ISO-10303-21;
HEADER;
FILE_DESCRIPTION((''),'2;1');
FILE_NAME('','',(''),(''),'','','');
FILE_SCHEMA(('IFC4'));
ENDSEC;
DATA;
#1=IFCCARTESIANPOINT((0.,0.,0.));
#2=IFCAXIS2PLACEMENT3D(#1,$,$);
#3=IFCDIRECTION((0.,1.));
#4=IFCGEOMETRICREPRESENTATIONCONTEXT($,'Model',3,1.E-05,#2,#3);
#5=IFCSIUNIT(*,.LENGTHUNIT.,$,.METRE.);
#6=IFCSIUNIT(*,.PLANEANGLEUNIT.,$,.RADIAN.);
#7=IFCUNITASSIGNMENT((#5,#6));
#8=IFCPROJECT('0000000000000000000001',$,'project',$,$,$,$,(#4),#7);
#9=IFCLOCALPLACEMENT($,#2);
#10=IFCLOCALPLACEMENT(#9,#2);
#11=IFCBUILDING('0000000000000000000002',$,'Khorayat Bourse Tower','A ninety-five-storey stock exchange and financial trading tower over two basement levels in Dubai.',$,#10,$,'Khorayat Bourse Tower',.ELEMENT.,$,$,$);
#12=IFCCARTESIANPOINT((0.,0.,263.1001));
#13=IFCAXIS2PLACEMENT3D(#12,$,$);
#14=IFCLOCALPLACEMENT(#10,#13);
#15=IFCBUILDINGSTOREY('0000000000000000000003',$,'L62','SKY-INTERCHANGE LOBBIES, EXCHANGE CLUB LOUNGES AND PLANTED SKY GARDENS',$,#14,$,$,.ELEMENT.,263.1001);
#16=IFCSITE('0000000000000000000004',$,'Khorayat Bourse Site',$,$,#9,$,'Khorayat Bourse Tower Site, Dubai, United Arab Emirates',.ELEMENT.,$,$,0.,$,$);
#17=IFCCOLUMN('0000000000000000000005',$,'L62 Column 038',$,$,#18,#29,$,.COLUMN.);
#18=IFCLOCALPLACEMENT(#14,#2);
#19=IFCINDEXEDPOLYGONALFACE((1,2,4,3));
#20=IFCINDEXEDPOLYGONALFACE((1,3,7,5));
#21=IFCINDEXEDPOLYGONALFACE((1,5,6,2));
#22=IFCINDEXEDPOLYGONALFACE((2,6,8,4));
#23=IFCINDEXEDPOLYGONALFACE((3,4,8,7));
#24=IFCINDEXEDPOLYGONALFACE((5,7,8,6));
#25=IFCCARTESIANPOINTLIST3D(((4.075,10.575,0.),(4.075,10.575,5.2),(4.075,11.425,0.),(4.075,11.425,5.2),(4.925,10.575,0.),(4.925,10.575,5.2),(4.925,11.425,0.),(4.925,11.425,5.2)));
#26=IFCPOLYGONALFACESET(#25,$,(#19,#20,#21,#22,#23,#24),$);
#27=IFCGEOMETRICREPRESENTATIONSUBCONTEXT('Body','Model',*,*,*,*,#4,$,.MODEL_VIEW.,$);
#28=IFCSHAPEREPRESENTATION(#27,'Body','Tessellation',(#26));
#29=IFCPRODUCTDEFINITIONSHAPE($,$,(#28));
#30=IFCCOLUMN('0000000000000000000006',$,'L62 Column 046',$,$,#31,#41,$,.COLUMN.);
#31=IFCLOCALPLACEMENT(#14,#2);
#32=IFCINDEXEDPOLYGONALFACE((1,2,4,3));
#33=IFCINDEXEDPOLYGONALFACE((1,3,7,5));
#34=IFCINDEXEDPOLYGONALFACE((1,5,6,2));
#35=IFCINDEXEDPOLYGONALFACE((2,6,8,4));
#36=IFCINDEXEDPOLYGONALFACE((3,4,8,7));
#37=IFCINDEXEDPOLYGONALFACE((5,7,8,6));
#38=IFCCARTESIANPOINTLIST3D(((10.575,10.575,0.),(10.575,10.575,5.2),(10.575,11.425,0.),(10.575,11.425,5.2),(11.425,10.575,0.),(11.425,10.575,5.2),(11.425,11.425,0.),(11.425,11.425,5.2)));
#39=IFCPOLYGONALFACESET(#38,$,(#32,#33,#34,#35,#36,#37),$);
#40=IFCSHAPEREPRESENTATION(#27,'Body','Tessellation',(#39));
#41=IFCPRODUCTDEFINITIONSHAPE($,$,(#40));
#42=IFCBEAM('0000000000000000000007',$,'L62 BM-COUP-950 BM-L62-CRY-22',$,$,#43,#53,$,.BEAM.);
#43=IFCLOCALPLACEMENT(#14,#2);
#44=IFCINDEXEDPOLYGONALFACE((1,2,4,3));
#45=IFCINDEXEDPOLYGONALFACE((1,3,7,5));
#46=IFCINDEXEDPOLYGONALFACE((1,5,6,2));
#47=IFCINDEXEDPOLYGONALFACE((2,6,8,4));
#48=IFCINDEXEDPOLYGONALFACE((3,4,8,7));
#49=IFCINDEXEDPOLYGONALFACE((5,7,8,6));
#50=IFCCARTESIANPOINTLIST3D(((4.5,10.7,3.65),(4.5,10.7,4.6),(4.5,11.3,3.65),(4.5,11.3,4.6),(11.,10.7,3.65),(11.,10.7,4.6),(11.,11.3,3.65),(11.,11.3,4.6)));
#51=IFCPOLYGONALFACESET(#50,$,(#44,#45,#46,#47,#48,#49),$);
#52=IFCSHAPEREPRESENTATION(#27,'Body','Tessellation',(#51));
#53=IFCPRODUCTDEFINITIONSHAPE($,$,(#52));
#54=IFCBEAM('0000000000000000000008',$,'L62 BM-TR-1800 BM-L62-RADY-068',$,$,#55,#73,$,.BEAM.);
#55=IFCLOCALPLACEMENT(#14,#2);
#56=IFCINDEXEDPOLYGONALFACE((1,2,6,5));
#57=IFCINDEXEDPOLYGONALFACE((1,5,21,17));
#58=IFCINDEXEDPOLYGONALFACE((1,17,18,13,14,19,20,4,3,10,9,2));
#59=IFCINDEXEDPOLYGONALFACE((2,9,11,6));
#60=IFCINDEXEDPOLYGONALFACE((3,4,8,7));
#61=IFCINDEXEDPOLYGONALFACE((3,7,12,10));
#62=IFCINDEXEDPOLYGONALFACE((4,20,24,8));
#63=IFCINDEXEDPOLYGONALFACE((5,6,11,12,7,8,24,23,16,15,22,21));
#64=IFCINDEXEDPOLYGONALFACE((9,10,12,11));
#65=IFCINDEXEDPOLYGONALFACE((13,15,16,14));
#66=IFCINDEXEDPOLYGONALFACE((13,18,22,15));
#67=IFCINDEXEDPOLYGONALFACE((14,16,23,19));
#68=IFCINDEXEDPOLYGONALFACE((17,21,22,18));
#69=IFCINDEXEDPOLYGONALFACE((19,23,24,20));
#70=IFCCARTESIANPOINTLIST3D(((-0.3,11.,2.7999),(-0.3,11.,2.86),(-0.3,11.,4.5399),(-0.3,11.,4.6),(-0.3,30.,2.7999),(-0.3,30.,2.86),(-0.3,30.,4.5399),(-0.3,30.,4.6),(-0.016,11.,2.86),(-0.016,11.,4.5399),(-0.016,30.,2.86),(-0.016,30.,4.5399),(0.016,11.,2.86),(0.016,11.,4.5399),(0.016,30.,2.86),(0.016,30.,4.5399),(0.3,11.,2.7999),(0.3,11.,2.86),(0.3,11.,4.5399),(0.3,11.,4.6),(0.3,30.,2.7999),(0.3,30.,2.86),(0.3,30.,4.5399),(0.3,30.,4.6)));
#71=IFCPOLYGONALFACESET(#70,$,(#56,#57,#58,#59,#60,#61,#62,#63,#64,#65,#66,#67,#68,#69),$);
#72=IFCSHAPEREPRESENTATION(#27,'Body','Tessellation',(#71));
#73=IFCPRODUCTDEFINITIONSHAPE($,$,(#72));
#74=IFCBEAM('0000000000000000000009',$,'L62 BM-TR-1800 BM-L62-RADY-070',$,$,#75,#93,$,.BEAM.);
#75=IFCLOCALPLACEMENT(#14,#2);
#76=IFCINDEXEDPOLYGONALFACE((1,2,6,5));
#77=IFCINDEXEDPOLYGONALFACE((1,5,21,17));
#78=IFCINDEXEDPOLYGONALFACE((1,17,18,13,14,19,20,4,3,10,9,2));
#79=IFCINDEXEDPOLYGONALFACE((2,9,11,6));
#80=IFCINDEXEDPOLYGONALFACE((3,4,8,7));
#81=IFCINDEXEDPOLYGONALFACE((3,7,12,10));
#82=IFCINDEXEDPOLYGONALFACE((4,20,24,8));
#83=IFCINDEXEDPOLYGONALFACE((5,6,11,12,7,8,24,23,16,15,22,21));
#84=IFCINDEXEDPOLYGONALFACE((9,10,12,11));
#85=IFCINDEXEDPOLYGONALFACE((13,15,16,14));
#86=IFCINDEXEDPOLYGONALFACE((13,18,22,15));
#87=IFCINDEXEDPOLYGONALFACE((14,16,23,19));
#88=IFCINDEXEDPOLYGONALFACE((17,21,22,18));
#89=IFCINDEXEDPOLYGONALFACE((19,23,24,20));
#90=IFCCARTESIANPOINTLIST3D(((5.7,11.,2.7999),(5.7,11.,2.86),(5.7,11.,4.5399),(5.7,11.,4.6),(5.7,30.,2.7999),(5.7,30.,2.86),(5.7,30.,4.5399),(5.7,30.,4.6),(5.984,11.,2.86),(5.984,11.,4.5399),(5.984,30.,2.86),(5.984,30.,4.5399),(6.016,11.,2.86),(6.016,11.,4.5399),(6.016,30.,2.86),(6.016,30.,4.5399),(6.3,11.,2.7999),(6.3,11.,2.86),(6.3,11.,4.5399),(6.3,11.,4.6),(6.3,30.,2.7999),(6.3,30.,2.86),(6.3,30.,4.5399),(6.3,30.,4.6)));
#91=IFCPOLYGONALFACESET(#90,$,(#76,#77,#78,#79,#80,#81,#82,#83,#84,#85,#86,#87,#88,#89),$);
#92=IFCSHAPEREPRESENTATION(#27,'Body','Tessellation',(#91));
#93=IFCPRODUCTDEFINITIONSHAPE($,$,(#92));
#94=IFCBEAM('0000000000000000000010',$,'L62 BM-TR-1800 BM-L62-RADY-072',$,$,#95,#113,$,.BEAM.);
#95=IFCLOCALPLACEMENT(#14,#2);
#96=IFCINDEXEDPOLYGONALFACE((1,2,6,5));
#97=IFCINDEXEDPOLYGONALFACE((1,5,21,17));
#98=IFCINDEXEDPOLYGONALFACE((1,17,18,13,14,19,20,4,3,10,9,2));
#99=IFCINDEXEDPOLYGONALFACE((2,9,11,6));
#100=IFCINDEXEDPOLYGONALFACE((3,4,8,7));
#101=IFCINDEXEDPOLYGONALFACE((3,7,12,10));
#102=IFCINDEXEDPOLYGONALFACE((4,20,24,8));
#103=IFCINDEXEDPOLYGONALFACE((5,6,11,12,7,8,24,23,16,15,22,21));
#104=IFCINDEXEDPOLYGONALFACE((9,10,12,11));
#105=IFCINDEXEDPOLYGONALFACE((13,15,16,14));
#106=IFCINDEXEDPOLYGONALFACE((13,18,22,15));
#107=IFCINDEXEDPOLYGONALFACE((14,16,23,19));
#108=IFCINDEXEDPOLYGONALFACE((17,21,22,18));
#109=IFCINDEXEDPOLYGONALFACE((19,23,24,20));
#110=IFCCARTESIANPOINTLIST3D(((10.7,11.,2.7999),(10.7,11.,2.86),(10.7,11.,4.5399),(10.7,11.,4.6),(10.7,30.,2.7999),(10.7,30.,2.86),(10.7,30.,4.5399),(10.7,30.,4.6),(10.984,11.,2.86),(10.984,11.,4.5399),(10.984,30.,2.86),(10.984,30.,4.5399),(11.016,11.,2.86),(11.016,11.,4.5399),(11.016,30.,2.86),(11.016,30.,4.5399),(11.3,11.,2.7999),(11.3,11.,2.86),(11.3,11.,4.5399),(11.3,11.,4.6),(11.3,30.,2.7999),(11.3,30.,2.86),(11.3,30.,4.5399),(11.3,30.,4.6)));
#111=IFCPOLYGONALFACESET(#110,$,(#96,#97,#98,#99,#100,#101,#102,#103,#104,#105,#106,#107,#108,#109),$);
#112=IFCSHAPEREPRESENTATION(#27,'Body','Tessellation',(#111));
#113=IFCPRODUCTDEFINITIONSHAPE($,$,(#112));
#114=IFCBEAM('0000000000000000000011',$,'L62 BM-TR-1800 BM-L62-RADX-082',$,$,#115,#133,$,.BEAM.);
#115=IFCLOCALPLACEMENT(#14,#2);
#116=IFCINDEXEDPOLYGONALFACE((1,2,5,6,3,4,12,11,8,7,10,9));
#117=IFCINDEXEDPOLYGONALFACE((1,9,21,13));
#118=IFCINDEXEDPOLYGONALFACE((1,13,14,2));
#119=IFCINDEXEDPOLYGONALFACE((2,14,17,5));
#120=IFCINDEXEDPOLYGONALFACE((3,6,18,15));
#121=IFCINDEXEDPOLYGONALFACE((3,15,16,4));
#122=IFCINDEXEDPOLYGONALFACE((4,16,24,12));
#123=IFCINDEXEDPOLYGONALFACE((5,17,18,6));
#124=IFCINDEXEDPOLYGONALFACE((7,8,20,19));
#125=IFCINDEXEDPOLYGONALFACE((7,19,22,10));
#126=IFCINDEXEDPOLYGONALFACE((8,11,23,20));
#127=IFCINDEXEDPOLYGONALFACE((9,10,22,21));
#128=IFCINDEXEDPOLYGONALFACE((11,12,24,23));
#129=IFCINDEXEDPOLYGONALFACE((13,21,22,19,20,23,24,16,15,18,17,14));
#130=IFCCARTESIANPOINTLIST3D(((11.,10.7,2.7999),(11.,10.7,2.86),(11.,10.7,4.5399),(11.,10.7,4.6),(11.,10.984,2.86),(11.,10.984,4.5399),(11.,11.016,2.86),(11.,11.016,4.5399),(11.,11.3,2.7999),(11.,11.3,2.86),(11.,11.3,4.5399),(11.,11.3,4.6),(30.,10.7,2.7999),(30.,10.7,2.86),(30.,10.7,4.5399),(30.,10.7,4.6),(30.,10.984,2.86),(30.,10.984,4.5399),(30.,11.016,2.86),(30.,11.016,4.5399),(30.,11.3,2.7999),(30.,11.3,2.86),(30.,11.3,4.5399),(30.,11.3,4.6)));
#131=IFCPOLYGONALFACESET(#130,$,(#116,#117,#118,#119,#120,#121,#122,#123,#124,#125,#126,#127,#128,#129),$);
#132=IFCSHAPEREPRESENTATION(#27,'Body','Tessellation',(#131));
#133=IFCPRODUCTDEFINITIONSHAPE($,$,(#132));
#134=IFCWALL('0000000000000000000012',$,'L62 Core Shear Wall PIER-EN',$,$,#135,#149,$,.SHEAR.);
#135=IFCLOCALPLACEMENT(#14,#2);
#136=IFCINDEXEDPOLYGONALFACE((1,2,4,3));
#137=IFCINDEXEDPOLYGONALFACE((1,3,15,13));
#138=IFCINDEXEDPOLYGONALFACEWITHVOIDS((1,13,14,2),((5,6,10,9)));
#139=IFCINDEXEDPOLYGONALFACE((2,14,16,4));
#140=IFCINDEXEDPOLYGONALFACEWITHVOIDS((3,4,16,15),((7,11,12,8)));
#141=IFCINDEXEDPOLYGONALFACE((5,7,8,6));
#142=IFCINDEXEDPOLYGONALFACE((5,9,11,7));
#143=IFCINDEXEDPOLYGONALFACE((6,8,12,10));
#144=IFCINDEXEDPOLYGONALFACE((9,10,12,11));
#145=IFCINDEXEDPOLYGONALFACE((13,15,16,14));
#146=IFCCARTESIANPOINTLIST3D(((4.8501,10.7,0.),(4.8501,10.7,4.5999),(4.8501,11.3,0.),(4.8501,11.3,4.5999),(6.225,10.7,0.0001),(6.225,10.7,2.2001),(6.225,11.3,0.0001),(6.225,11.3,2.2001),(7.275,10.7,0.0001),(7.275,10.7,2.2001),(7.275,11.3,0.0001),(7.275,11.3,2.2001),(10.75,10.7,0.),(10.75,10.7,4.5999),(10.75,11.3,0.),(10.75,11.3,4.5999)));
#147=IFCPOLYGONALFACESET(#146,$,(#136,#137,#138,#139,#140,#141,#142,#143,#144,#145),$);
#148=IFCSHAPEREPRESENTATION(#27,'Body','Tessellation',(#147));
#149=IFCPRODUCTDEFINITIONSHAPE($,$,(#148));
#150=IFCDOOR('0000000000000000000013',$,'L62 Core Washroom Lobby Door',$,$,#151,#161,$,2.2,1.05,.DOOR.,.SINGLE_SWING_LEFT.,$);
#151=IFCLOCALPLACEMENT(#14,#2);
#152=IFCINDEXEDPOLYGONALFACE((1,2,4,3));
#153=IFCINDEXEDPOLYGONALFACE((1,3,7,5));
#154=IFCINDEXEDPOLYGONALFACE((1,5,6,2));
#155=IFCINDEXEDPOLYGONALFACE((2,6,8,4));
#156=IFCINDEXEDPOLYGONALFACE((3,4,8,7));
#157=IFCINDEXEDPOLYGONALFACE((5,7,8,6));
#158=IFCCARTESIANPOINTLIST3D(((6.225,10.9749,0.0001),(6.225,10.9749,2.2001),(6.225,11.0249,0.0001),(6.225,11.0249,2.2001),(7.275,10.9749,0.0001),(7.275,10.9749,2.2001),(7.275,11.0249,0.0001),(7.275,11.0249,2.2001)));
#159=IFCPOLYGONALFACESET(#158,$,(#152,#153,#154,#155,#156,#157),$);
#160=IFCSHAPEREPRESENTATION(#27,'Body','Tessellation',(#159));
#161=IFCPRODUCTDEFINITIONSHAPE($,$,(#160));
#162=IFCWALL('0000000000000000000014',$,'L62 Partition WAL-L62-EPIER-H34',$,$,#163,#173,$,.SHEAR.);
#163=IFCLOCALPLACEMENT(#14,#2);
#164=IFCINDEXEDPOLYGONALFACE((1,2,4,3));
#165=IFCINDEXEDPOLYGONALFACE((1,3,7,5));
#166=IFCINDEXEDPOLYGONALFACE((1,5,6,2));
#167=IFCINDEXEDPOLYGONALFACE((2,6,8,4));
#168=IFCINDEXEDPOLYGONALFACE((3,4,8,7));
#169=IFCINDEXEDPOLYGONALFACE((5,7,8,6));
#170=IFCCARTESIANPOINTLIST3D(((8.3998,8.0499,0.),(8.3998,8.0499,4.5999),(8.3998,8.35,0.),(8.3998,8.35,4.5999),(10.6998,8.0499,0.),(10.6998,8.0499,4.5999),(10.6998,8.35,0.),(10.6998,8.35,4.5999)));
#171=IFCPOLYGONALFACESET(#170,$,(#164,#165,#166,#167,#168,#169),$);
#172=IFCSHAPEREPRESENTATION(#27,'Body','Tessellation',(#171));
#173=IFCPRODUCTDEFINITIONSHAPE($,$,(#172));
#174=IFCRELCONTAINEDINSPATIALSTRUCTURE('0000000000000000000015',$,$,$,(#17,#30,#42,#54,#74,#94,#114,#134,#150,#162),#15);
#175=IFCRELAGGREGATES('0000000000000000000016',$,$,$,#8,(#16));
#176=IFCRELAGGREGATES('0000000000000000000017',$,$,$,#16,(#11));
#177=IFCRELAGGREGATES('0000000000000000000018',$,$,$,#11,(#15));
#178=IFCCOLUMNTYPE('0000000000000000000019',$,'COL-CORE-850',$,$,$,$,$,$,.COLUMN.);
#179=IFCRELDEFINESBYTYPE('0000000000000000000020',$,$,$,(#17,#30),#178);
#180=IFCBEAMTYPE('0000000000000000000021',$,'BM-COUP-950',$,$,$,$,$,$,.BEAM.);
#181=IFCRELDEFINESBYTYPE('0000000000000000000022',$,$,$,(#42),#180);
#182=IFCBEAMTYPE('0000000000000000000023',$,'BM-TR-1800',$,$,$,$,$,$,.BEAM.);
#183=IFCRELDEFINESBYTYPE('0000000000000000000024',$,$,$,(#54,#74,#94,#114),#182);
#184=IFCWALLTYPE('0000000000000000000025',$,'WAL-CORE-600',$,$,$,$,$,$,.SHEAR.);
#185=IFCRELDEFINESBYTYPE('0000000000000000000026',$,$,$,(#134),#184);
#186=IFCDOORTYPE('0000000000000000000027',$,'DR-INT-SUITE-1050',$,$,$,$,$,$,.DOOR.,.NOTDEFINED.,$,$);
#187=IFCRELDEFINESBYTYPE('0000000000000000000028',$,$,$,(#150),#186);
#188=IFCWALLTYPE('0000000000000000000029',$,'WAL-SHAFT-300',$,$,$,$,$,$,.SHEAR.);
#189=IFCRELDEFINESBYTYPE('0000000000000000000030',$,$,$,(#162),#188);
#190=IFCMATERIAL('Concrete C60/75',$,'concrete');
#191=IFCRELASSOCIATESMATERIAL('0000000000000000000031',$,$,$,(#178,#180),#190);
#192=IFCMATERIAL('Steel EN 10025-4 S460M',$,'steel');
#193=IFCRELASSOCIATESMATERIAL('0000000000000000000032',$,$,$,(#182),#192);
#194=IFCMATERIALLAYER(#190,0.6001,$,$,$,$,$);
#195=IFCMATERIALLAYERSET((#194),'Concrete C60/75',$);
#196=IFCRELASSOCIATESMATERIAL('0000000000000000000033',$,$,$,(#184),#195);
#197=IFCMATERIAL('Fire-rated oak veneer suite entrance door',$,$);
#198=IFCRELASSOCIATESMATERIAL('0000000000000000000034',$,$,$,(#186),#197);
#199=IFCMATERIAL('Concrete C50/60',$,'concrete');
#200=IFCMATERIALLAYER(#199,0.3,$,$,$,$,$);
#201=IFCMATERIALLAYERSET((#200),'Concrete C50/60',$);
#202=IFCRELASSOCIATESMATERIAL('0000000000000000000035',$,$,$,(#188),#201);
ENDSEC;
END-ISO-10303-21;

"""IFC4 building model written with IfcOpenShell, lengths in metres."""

from ifc_helpers import new_model, si_unit, direction, frame, frame_2d, origin, origin_2d, place, context, subcontext, project, spatial, rectangle, i_section, extrude, source, transform, mapped, material, layer, layer_set, material_profile, profile_set, type_object, element, fill, save


model = new_model("IFC4")

# Units and contexts
model_context = context("Model", 3, precision=1e-05, world=origin(), true_north=direction((0.0, 1.0)))
body_context = subcontext(model_context, "Body", "Model", "MODEL_VIEW")
ifc_project = project(units=[si_unit("LENGTHUNIT", "METRE"), si_unit("PLANEANGLEUNIT", "RADIAN")], contexts=[model_context])

# Site, building, storey
site_placement = place(None, origin())
site = spatial("IfcSite", under=ifc_project, at=site_placement, Name="Khorayat Bourse Site", LongName="Khorayat Bourse Tower Site, Dubai, United Arab Emirates", CompositionType="ELEMENT", RefElevation=0.0)
building_placement = place(site_placement, origin())
building = spatial("IfcBuilding", under=site, at=building_placement, Name="Khorayat Bourse Tower", Description="A ninety-five-storey stock exchange and financial trading tower over two basement levels in Dubai.", LongName="Khorayat Bourse Tower", CompositionType="ELEMENT")
storey_placement = place(building_placement, frame((0.0, 0.0, 263.1001)))
storey = spatial("IfcBuildingStorey", under=building, at=storey_placement, Name="L62", Description="SKY-INTERCHANGE LOBBIES, EXCHANGE CLUB LOUNGES AND PLANTED SKY GARDENS", CompositionType="ELEMENT", Elevation=263.1001)

# Columns
ifc_material_1 = material(Name="Concrete C60/75", Category="concrete")
ifc_material_profile_1 = material_profile(ifc_material_1, rectangle(XDim=0.8501, YDim=0.8501, at=origin_2d()), Name="RC 850x850")
ifc_profile_set_1 = profile_set([ifc_material_profile_1], Name="Concrete C60/75")
column_type = type_object("IfcColumnType", Name="COL-CORE-850", PredefinedType="COLUMN", material=ifc_profile_set_1)
shared_shape_1 = source(origin(), body_context, "Body", "SweptSolid", [
    extrude(rectangle(XDim=0.8501, YDim=0.8501, at=origin_2d()), origin(), (0.0, 0.0, 1.0), 5.2),
])
for number, where, z_axis, x_axis, name in (
    (1, (4.5, 11.0, 0.0), (0.0, 0.0, 1.0), (1.0, 0.0, 0.0), "L62 Column 038"),
    (2, (11.0, 11.0, 0.0), (0.0, 0.0, 1.0), (1.0, 0.0, 0.0), "L62 Column 046"),
):
    element("IfcColumn", number, at=place(storey_placement, frame(where, z_axis=z_axis, x_axis=x_axis)), inside=storey, type_object=column_type, Name=name, PredefinedType="COLUMN", context=body_context, shape_type="MappedRepresentation", body=[
        mapped(shared_shape_1, transform((0.0, 0.0, 0.0), scale=1.0)),
    ])

# Beams
ifc_material_profile_2 = material_profile(ifc_material_1, rectangle(XDim=0.6001, YDim=0.95, at=origin_2d()), Name="RC 600x950")
ifc_profile_set_2 = profile_set([ifc_material_profile_2], Name="Concrete C60/75")
beam_type_1 = type_object("IfcBeamType", Name="BM-COUP-950", PredefinedType="BEAM", material=ifc_profile_set_2)
shared_shape_2 = source(origin(), body_context, "Body", "SweptSolid", [
    extrude(rectangle(XDim=0.6001, YDim=0.95, at=origin_2d()), origin(), (0.0, 0.0, 1.0), 6.5),
])
beam_placement = place(storey_placement, frame((4.5, 11.0, 4.125), z_axis=(1.0, 0.0, 0.0), x_axis=(0.0, 1.0, 0.0)))
element("IfcBeam", 3, at=beam_placement, inside=storey, type_object=beam_type_1, Name="L62 BM-COUP-950 BM-L62-CRY-22", PredefinedType="BEAM", context=body_context, shape_type="MappedRepresentation", body=[
    mapped(shared_shape_2, transform((0.0, 0.0, 0.0), scale=1.0)),
])
ifc_material_2 = material(Name="Steel EN 10025-4 S460M", Category="steel")
ifc_material_profile_3 = material_profile(ifc_material_2, i_section(OverallWidth=0.6001, OverallDepth=1.8, WebThickness=0.032, FlangeThickness=0.0601, at=origin_2d()), Name="PG 1800x600x32x60")
ifc_profile_set_3 = profile_set([ifc_material_profile_3], Name="Steel EN 10025-4 S460M")
beam_type_2 = type_object("IfcBeamType", Name="BM-TR-1800", PredefinedType="BEAM", material=ifc_profile_set_3)
shared_shape_3 = source(origin(), body_context, "Body", "SweptSolid", [
    extrude(i_section(OverallWidth=0.6001, OverallDepth=1.8, WebThickness=0.032, FlangeThickness=0.0601, at=origin_2d()), origin(), (0.0, 0.0, 1.0), 19.0),
])
for number, where, z_axis, x_axis, name in (
    (4, (0.0, 11.0, 3.7), (0.0, 1.0, 0.0), (-1.0, 0.0, 0.0), "L62 BM-TR-1800 BM-L62-RADY-068"),
    (5, (6.0, 11.0, 3.7), (0.0, 1.0, 0.0), (-1.0, 0.0, 0.0), "L62 BM-TR-1800 BM-L62-RADY-070"),
    (6, (11.0, 11.0, 3.7), (0.0, 1.0, 0.0), (-1.0, 0.0, 0.0), "L62 BM-TR-1800 BM-L62-RADY-072"),
    (7, (11.0, 11.0, 3.7), (1.0, 0.0, 0.0), (0.0, 1.0, 0.0), "L62 BM-TR-1800 BM-L62-RADX-082"),
):
    element("IfcBeam", number, at=place(storey_placement, frame(where, z_axis=z_axis, x_axis=x_axis)), inside=storey, type_object=beam_type_2, Name=name, PredefinedType="BEAM", context=body_context, shape_type="MappedRepresentation", body=[
        mapped(shared_shape_3, transform((0.0, 0.0, 0.0), scale=1.0)),
    ])

# Wall, opening, door
ifc_layer_1 = layer(ifc_material_1, 0.6001)
ifc_layer_set_1 = layer_set([ifc_layer_1], Name="Concrete C60/75")
wall_type_1 = type_object("IfcWallType", Name="WAL-CORE-600", PredefinedType="SHEAR", material=ifc_layer_set_1)
shared_shape_4 = source(origin(), body_context, "Body", "SweptSolid", [
    extrude(rectangle(XDim=5.8999, YDim=0.6001, at=frame_2d((2.95, 0.0))), origin(), (0.0, 0.0, 1.0), 4.5999),
])
wall_1_placement = place(storey_placement, frame((4.8501, 11.0, 0.0), z_axis=(0.0, 0.0, 1.0), x_axis=(1.0, 0.0, 0.0)))
wall_1 = element("IfcWall", 8, at=wall_1_placement, inside=storey, type_object=wall_type_1, Name="L62 Core Shear Wall PIER-EN", PredefinedType="SHEAR", context=body_context, shape_type="MappedRepresentation", body=[
    mapped(shared_shape_4, transform((0.0, 0.0, 0.0), scale=1.0)),
])
shared_shape_5 = source(origin(), body_context, "Body", "SweptSolid", [
    extrude(rectangle(XDim=1.05, YDim=2.2, at=frame_2d((0.5249, 1.1001))), frame((0.0, 0.3101, 0.0), z_axis=(0.0, -1.0, 0.0), x_axis=(1.0, 0.0, 0.0)), (0.0, 0.0, 1.0), 0.6201),
])
opening_1_placement = place(wall_1_placement, frame((1.375, 0.0, 0.0)))
opening_1 = element("IfcOpeningElement", 9, at=opening_1_placement, cuts=wall_1, PredefinedType="OPENING", context=body_context, shape_type="MappedRepresentation", body=[
    mapped(shared_shape_5, transform((0.0, 0.0, 0.0), scale=1.0)),
])
ifc_material_3 = material(Name="Fire-rated oak veneer suite entrance door")
door_type_1 = type_object("IfcDoorType", Name="DR-INT-SUITE-1050", OperationType="NOTDEFINED", PredefinedType="DOOR", material=ifc_material_3)
shared_shape_6 = source(origin(), body_context, "Body", "SweptSolid", [
    extrude(rectangle(XDim=1.05, YDim=2.2, at=frame_2d((0.5249, 1.1001))), frame((0.0, 0.0249, 0.0), z_axis=(0.0, -1.0, 0.0), x_axis=(1.0, 0.0, 0.0)), (0.0, 0.0, 1.0), 0.05),
])
door_1_placement = place(opening_1_placement, origin())
door_1 = element("IfcDoor", 10, at=door_1_placement, inside=storey, type_object=door_type_1, Name="L62 Core Washroom Lobby Door", OperationType="SINGLE_SWING_LEFT", OverallHeight=2.2, OverallWidth=1.05, PredefinedType="DOOR", context=body_context, shape_type="MappedRepresentation", body=[
    mapped(shared_shape_6, transform((0.0, 0.0, 0.0), scale=1.0)),
])
fill(opening_1, door_1)

# Wall
ifc_material_4 = material(Name="Concrete C50/60", Category="concrete")
ifc_layer_2 = layer(ifc_material_4, 0.3)
ifc_layer_set_2 = layer_set([ifc_layer_2], Name="Concrete C50/60")
wall_type_2 = type_object("IfcWallType", Name="WAL-SHAFT-300", PredefinedType="SHEAR", material=ifc_layer_set_2)
shared_shape_7 = source(origin(), body_context, "Body", "SweptSolid", [
    extrude(rectangle(XDim=2.3, YDim=0.3, at=frame_2d((1.1499, 0.0))), origin(), (0.0, 0.0, 1.0), 4.5999),
])
wall_2_placement = place(storey_placement, frame((8.3999, 8.2, 0.0), z_axis=(0.0, 0.0, 1.0), x_axis=(1.0, 0.0, 0.0)))
element("IfcWall", 11, at=wall_2_placement, inside=storey, type_object=wall_type_2, Name="L62 Partition WAL-L62-EPIER-H34", PredefinedType="SHEAR", context=body_context, shape_type="MappedRepresentation", body=[
    mapped(shared_shape_7, transform((0.0, 0.0, 0.0), scale=1.0)),
])

save(model, "model.ifc")
